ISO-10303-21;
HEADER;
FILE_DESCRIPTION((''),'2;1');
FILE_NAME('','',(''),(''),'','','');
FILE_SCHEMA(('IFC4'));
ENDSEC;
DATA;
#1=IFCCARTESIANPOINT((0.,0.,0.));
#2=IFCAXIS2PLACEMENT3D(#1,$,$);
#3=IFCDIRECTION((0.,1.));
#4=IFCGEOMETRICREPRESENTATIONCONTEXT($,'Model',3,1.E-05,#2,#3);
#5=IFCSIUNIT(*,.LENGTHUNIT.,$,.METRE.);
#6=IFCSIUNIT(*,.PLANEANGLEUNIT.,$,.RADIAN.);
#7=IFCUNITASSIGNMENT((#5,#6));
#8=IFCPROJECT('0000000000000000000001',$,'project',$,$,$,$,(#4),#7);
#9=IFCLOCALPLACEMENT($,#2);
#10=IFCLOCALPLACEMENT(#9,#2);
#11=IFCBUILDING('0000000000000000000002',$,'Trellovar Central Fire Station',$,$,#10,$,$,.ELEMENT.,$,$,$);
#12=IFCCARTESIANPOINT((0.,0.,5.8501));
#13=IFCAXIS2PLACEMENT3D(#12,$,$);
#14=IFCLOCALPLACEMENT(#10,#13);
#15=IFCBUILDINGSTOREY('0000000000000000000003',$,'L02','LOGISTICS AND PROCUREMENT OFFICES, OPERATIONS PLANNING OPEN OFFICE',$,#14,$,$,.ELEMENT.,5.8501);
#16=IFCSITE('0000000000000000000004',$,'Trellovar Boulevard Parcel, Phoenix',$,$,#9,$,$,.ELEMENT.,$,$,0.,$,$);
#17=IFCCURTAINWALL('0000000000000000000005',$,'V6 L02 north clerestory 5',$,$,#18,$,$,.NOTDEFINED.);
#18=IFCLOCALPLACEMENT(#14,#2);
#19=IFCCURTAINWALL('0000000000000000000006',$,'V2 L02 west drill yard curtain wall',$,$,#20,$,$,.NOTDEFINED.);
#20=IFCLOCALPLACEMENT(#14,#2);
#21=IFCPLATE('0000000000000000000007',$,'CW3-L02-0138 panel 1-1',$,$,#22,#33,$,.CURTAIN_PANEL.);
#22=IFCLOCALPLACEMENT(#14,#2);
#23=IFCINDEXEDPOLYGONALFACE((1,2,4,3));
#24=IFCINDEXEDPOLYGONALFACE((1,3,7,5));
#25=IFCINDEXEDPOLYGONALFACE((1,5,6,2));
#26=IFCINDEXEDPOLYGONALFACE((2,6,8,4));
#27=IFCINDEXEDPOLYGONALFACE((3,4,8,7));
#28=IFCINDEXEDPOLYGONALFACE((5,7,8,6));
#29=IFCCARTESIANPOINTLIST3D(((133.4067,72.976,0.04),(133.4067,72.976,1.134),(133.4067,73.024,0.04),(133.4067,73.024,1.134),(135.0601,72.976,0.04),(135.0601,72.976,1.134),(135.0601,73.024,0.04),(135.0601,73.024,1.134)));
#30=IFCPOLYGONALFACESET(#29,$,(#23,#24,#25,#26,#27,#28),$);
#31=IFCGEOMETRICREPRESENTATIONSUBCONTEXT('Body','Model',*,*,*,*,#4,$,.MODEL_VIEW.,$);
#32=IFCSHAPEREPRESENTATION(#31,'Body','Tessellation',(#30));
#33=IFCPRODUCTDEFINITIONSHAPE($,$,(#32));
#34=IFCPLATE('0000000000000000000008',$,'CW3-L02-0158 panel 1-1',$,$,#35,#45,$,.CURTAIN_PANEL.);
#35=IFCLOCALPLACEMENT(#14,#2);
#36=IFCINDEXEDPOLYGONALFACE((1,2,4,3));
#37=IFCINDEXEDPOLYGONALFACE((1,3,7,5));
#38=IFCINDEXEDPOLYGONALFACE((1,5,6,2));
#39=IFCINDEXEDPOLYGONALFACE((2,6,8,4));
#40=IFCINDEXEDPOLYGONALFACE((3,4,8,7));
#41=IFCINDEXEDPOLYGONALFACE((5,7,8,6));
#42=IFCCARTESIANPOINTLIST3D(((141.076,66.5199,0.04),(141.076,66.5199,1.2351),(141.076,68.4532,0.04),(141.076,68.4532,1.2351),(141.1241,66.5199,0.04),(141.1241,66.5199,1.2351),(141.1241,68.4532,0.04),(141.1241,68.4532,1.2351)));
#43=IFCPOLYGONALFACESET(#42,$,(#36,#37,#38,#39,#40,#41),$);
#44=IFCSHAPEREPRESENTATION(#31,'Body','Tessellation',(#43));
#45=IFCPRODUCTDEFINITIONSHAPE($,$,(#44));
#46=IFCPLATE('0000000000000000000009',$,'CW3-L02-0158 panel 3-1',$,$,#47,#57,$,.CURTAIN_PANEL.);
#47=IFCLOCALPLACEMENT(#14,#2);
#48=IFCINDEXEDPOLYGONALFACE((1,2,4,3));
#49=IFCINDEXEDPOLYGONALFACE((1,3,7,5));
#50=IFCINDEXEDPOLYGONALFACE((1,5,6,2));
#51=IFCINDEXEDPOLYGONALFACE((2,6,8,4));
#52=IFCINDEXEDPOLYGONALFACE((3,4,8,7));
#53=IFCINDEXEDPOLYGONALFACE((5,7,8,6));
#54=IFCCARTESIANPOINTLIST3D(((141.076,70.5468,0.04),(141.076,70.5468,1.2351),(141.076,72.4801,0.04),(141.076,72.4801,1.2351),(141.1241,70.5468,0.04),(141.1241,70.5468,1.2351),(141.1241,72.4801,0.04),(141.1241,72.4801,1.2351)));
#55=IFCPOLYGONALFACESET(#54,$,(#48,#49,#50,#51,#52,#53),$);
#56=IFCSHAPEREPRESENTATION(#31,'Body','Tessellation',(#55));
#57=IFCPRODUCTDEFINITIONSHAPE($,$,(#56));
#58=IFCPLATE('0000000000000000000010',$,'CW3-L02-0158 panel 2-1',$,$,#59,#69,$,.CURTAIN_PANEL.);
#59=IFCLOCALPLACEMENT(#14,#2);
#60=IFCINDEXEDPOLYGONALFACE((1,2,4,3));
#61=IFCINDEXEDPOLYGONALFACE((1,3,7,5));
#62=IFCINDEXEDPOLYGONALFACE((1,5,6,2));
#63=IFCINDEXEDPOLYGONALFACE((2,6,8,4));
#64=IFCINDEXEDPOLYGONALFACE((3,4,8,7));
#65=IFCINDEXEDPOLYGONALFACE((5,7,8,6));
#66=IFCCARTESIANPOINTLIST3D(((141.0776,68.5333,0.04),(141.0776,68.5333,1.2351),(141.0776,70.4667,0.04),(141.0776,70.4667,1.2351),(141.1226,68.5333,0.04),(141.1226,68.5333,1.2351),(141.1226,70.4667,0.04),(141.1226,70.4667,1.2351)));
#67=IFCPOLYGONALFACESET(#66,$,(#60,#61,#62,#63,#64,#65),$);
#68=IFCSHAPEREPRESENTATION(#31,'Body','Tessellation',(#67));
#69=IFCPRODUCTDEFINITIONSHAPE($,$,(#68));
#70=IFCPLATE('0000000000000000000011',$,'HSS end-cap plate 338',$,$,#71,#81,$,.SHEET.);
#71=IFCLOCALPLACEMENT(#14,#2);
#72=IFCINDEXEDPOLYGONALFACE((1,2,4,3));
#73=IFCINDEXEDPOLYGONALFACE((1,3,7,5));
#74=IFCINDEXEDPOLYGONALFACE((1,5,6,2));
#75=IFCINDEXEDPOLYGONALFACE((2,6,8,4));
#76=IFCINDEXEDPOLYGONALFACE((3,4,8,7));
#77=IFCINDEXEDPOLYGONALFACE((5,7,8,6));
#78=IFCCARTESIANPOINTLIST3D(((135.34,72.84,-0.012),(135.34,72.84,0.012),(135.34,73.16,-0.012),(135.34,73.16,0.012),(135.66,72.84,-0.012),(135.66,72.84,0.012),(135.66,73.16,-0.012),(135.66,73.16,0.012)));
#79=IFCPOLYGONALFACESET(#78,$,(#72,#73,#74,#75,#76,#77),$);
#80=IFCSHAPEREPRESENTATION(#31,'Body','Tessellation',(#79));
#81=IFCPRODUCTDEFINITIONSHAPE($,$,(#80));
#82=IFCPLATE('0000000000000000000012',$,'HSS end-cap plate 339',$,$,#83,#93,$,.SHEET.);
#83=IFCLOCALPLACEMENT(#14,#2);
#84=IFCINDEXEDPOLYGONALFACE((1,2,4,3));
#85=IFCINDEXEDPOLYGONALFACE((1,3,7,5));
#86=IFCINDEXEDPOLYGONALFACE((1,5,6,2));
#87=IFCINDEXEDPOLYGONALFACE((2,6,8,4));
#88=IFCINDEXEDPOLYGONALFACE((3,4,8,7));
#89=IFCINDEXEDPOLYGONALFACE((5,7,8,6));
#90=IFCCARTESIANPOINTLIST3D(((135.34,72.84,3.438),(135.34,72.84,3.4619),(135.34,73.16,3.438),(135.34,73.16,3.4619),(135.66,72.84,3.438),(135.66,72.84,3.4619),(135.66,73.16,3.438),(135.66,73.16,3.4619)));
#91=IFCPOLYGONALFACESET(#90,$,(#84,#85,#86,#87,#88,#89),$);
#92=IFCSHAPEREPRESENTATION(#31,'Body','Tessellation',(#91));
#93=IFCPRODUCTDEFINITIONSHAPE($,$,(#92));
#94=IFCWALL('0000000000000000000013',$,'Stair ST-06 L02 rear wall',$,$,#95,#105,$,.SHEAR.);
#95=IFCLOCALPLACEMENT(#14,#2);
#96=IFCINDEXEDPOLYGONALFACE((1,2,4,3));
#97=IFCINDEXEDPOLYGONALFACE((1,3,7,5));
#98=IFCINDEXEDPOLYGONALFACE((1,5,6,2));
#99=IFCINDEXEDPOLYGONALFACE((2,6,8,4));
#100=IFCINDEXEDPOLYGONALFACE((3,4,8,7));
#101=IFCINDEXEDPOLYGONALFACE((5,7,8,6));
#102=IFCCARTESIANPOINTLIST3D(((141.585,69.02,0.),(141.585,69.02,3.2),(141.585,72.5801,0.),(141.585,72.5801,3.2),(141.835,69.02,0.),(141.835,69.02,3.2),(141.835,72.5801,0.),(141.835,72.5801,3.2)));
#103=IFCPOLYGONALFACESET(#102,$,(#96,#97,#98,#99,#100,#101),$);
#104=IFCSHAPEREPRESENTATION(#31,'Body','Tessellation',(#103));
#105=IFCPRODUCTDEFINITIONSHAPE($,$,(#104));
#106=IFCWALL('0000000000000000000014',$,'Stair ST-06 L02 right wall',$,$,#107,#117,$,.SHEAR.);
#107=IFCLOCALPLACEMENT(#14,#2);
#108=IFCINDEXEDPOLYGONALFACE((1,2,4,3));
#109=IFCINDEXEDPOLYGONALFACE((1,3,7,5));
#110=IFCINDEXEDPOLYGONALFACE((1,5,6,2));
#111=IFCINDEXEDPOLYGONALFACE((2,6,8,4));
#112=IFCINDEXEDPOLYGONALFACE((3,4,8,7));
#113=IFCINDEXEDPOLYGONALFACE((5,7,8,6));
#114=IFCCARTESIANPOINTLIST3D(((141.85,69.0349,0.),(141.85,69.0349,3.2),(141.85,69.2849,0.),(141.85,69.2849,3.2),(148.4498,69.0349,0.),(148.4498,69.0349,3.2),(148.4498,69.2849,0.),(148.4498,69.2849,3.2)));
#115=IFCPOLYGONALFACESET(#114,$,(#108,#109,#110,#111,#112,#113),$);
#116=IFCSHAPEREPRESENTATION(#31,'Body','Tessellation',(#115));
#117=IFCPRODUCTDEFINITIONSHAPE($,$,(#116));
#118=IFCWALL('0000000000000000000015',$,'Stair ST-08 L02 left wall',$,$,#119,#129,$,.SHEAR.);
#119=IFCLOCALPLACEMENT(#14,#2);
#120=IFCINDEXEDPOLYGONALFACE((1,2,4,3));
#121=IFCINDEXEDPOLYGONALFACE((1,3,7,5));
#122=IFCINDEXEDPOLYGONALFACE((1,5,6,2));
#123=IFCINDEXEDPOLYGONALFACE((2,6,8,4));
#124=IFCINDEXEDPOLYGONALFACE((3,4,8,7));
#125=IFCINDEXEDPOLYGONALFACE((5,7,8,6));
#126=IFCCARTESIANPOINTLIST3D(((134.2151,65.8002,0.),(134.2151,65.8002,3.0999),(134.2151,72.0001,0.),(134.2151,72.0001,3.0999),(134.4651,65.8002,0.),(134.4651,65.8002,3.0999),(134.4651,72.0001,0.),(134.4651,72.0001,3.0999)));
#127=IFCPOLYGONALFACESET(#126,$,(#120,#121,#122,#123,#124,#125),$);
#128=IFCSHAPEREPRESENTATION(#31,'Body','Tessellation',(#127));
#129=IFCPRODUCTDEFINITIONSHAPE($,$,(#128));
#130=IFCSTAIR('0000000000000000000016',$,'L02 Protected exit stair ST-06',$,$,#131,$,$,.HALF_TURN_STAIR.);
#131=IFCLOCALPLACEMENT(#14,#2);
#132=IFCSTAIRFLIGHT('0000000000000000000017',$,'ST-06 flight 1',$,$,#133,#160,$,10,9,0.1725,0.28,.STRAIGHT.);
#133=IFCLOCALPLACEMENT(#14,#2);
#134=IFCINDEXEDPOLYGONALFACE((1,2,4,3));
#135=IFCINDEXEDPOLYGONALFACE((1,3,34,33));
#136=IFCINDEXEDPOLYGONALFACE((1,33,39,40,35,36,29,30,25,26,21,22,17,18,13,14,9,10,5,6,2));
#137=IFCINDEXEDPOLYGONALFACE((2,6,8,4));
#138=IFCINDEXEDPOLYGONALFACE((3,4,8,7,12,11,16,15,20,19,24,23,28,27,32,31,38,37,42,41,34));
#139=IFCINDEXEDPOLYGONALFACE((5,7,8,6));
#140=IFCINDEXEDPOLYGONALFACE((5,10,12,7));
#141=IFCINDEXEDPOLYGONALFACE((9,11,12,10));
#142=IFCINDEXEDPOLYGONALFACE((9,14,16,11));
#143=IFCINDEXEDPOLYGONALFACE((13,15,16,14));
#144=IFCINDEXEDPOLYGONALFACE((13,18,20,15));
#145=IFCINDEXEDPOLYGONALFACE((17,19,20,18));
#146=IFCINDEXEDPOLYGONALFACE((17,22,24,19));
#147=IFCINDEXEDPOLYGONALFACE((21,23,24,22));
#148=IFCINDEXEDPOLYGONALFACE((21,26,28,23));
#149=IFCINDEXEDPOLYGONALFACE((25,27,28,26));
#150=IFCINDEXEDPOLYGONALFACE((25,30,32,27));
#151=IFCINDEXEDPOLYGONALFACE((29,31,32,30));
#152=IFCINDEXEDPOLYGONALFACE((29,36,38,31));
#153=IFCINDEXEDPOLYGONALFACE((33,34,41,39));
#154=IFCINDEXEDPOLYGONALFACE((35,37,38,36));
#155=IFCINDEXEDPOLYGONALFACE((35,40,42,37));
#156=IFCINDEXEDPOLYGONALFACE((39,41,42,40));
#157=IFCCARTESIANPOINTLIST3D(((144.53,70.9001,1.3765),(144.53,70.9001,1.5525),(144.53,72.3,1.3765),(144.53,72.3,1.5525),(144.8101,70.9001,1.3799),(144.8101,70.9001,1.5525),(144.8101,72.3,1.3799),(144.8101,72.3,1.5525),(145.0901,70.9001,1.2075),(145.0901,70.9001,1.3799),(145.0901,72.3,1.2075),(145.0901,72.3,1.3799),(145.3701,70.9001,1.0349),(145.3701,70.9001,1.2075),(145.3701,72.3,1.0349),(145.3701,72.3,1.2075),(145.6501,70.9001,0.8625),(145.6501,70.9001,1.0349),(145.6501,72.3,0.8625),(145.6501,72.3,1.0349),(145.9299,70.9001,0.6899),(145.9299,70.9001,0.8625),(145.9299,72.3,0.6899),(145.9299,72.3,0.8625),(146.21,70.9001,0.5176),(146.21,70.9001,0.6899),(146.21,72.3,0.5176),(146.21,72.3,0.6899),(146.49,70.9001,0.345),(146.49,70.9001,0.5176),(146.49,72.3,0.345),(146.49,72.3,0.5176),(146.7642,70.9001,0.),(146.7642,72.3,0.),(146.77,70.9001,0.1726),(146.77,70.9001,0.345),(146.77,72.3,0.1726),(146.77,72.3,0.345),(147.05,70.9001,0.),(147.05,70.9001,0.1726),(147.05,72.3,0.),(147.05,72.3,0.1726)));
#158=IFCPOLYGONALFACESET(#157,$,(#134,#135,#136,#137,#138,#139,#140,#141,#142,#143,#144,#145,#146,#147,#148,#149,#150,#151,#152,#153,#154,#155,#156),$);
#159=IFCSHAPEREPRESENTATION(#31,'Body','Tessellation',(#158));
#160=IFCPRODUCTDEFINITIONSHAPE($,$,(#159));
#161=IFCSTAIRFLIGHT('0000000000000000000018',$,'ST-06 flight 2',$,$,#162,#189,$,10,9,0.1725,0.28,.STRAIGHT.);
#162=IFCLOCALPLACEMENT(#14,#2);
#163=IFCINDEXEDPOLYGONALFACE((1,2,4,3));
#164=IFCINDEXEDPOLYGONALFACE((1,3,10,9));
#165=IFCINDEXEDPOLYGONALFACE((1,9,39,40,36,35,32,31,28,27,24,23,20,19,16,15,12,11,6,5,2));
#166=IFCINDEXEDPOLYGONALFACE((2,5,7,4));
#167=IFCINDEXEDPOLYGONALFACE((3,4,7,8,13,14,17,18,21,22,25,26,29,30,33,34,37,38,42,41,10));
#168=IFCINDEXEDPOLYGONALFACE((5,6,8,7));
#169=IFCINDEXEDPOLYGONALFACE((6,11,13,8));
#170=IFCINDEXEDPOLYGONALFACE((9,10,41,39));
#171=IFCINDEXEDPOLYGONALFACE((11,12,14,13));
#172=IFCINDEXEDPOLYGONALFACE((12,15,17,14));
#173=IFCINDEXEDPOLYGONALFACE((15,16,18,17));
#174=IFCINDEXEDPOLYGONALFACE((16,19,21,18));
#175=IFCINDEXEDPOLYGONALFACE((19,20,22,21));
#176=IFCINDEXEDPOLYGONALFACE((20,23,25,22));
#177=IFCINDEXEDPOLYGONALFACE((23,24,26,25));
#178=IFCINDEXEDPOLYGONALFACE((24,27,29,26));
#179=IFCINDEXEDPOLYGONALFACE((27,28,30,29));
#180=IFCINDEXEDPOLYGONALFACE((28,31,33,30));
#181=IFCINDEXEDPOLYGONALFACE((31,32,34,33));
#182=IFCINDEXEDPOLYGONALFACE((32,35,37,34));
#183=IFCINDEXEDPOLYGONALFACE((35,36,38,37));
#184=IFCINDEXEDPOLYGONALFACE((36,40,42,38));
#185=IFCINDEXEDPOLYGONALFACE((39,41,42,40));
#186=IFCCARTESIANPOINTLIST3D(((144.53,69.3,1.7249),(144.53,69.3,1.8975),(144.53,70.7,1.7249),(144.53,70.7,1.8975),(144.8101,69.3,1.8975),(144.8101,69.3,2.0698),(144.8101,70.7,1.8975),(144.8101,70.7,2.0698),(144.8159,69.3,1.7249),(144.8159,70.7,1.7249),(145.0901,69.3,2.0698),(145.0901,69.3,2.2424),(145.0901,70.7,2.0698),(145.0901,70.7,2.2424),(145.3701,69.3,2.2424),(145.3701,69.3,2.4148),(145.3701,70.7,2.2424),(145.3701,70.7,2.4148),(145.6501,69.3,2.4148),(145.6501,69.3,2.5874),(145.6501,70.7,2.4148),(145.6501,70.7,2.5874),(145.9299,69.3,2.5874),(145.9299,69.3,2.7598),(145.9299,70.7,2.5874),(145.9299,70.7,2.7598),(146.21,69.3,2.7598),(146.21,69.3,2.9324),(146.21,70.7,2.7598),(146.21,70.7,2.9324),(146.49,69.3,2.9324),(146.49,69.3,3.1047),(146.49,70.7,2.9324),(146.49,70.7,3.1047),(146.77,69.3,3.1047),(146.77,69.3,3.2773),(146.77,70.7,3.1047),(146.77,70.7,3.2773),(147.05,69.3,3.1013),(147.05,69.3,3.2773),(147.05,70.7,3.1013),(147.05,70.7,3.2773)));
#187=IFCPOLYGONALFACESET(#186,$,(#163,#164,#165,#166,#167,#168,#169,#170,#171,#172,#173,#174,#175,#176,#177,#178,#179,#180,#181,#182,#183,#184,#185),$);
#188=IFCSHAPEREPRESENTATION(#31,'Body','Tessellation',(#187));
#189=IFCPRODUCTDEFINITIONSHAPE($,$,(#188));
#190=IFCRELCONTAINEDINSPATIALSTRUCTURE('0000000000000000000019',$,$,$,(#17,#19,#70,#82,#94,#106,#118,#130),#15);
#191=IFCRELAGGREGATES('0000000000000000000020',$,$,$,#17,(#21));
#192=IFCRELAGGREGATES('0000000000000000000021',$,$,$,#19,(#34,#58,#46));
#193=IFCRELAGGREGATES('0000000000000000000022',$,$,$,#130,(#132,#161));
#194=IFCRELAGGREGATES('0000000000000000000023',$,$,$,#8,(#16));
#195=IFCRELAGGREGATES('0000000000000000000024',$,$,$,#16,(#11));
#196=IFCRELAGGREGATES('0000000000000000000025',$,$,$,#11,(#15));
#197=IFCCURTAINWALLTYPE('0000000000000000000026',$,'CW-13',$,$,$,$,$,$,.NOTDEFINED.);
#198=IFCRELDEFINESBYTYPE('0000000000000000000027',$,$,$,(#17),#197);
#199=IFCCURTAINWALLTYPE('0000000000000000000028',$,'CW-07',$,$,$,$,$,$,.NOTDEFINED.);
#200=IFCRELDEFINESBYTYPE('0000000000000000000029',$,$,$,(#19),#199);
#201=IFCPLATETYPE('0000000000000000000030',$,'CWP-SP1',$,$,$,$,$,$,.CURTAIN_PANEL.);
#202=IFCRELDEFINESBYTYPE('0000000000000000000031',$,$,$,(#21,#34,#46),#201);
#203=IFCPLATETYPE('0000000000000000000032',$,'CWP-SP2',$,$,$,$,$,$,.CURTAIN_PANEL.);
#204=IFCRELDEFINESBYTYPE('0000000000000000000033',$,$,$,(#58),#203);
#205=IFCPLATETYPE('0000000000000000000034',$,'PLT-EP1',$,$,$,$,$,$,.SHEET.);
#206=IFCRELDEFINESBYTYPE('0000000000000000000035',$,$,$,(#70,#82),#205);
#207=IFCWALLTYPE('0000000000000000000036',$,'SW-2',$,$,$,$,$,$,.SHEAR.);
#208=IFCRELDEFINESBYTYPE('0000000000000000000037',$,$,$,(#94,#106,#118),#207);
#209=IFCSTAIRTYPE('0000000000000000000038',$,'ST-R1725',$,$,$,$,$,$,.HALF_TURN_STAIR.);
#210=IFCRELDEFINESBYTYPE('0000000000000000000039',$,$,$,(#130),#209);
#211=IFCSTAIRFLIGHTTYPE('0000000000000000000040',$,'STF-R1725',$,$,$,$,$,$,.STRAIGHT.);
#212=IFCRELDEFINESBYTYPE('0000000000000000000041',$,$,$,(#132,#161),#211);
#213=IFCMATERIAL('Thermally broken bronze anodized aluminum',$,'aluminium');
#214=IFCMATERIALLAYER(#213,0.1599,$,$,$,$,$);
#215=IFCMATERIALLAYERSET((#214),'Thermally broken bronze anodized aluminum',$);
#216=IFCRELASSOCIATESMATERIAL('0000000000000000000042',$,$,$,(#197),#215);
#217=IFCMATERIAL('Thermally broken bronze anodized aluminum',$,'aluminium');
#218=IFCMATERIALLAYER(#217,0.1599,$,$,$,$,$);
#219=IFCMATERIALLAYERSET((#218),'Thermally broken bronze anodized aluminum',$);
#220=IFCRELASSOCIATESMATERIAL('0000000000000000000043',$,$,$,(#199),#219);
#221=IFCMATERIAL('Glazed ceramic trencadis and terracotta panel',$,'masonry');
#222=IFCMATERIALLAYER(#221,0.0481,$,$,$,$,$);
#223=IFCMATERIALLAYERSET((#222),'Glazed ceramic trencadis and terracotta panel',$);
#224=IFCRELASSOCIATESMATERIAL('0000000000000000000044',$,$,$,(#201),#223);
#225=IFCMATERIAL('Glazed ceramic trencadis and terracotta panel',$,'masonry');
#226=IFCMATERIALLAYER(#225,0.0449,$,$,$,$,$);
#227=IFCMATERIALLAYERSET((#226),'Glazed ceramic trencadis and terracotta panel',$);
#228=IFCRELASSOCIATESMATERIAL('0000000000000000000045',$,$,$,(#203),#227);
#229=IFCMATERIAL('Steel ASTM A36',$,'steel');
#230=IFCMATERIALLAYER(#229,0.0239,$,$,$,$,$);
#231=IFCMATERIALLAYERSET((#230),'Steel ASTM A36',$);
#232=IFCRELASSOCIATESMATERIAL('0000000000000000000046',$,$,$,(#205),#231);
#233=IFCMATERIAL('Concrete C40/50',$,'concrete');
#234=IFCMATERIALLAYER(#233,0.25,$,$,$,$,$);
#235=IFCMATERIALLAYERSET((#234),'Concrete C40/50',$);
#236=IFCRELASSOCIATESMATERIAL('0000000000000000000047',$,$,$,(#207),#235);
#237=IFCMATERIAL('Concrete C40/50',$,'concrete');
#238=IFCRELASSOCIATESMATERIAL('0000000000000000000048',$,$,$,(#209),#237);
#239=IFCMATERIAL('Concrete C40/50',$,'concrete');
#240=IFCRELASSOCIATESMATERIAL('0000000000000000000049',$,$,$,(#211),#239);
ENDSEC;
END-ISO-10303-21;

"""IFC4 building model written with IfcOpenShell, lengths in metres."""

from ifc_helpers import new_model, si_unit, direction, frame, frame_2d, origin, origin_2d, place, context, subcontext, project, spatial, polyline, rectangle, outline, extrude, material, layer, layer_set, type_object, element, aggregate, save


model = new_model("IFC4")

# Units and contexts
model_context = context("Model", 3, precision=1e-05, world=origin(), true_north=direction((0.0, 1.0)))
body_context = subcontext(model_context, "Body", "Model", "MODEL_VIEW")
ifc_project = project(units=[si_unit("LENGTHUNIT", "METRE"), si_unit("PLANEANGLEUNIT", "RADIAN")], contexts=[model_context])

# Site, building, storey
site_placement = place(None, origin())
site = spatial("IfcSite", under=ifc_project, at=site_placement, Name="Trellovar Boulevard Parcel, Phoenix", CompositionType="ELEMENT", RefElevation=0.0)
building_placement = place(site_placement, origin())
building = spatial("IfcBuilding", under=site, at=building_placement, Name="Trellovar Central Fire Station", CompositionType="ELEMENT")
storey_placement = place(building_placement, frame((0.0, 0.0, 5.8501)))
storey = spatial("IfcBuildingStorey", under=building, at=storey_placement, Name="L02", Description="LOGISTICS AND PROCUREMENT OFFICES, OPERATIONS PLANNING OPEN OFFICE", CompositionType="ELEMENT", Elevation=5.8501)

# Curtain walls
ifc_material_1 = material(Name="Thermally broken bronze anodized aluminum", Category="aluminium")
ifc_layer_1 = layer(ifc_material_1, 0.1599)
ifc_layer_set_1 = layer_set([ifc_layer_1], Name="Thermally broken bronze anodized aluminum")
curtain_wall_type_1 = type_object("IfcCurtainWallType", Name="CW-13", PredefinedType="NOTDEFINED", material=ifc_layer_set_1)
curtain_wall_1_placement = place(storey_placement, origin())
curtain_wall_1 = element("IfcCurtainWall", 1, at=curtain_wall_1_placement, inside=storey, type_object=curtain_wall_type_1, Name="V6 L02 north clerestory 5", PredefinedType="NOTDEFINED")
ifc_material_2 = material(Name="Thermally broken bronze anodized aluminum", Category="aluminium")
ifc_layer_2 = layer(ifc_material_2, 0.1599)
ifc_layer_set_2 = layer_set([ifc_layer_2], Name="Thermally broken bronze anodized aluminum")
curtain_wall_type_2 = type_object("IfcCurtainWallType", Name="CW-07", PredefinedType="NOTDEFINED", material=ifc_layer_set_2)
curtain_wall_2_placement = place(storey_placement, origin())
curtain_wall_2 = element("IfcCurtainWall", 2, at=curtain_wall_2_placement, inside=storey, type_object=curtain_wall_type_2, Name="V2 L02 west drill yard curtain wall", PredefinedType="NOTDEFINED")

# Plates
ifc_material_3 = material(Name="Glazed ceramic trencadis and terracotta panel", Category="masonry")
ifc_layer_3 = layer(ifc_material_3, 0.0481)
ifc_layer_set_3 = layer_set([ifc_layer_3], Name="Glazed ceramic trencadis and terracotta panel")
plate_type_1 = type_object("IfcPlateType", Name="CWP-SP1", PredefinedType="CURTAIN_PANEL", material=ifc_layer_set_3)
plate_1_placement = place(storey_placement, frame((134.2334, 73.0, 0.04), z_axis=(0.0, 0.0, 1.0), x_axis=(-1.0, 0.0, 0.0)))
plate_1 = element("IfcPlate", 3, at=plate_1_placement, type_object=plate_type_1, Name="CW3-L02-0138 panel 1-1", PredefinedType="CURTAIN_PANEL", context=body_context, shape_type="SweptSolid", body=[
    extrude(rectangle(XDim=1.6533, YDim=0.0481, at=origin_2d()), origin(), (0.0, 0.0, 1.0), 1.094),
])
aggregate(curtain_wall_1, [plate_1])
plate_2_placement = place(storey_placement, frame((141.1001, 67.4866, 0.04), z_axis=(0.0, 0.0, 1.0), x_axis=(0.0, 1.0, 0.0)))
plate_2 = element("IfcPlate", 4, at=plate_2_placement, type_object=plate_type_1, Name="CW3-L02-0158 panel 1-1", PredefinedType="CURTAIN_PANEL", context=body_context, shape_type="SweptSolid", body=[
    extrude(rectangle(XDim=1.9333, YDim=0.0481, at=origin_2d()), origin(), (0.0, 0.0, 1.0), 1.1951),
])
plate_3_placement = place(storey_placement, frame((141.1001, 71.5134, 0.04), z_axis=(0.0, 0.0, 1.0), x_axis=(0.0, 1.0, 0.0)))
plate_3 = element("IfcPlate", 5, at=plate_3_placement, type_object=plate_type_1, Name="CW3-L02-0158 panel 3-1", PredefinedType="CURTAIN_PANEL", context=body_context, shape_type="SweptSolid", body=[
    extrude(rectangle(XDim=1.9333, YDim=0.0481, at=origin_2d()), origin(), (0.0, 0.0, 1.0), 1.1951),
])
ifc_material_4 = material(Name="Glazed ceramic trencadis and terracotta panel", Category="masonry")
ifc_layer_4 = layer(ifc_material_4, 0.0449)
ifc_layer_set_4 = layer_set([ifc_layer_4], Name="Glazed ceramic trencadis and terracotta panel")
plate_type_2 = type_object("IfcPlateType", Name="CWP-SP2", PredefinedType="CURTAIN_PANEL", material=ifc_layer_set_4)
plate_4_placement = place(storey_placement, frame((141.1001, 69.5, 0.04), z_axis=(0.0, 0.0, 1.0), x_axis=(0.0, 1.0, 0.0)))
plate_4 = element("IfcPlate", 6, at=plate_4_placement, type_object=plate_type_2, Name="CW3-L02-0158 panel 2-1", PredefinedType="CURTAIN_PANEL", context=body_context, shape_type="SweptSolid", body=[
    extrude(rectangle(XDim=1.9333, YDim=0.0449, at=origin_2d()), origin(), (0.0, 0.0, 1.0), 1.1951),
])
aggregate(curtain_wall_2, [plate_2, plate_4, plate_3])

# Plates
ifc_material_5 = material(Name="Steel ASTM A36", Category="steel")
ifc_layer_5 = layer(ifc_material_5, 0.0239)
ifc_layer_set_5 = layer_set([ifc_layer_5], Name="Steel ASTM A36")
plate_type_3 = type_object("IfcPlateType", Name="PLT-EP1", PredefinedType="SHEET", material=ifc_layer_set_5)
for number, where, z_axis, x_axis, name in (
    (7, (135.5, 73.0, -0.012), (0.0, 0.0, 1.0), (1.0, 0.0, 0.0), "HSS end-cap plate 338"),
    (8, (135.5, 73.0, 3.438), (0.0, 0.0, 1.0), (1.0, 0.0, 0.0), "HSS end-cap plate 339"),
):
    element("IfcPlate", number, at=place(storey_placement, frame(where, z_axis=z_axis, x_axis=x_axis)), inside=storey, type_object=plate_type_3, Name=name, PredefinedType="SHEET", context=body_context, shape_type="SweptSolid", body=[
        extrude(rectangle(XDim=0.3201, YDim=0.3201, at=origin_2d()), origin(), (0.0, 0.0, 1.0), 0.0239),
    ])

# Walls
ifc_material_6 = material(Name="Concrete C40/50", Category="concrete")
ifc_layer_6 = layer(ifc_material_6, 0.25)
ifc_layer_set_6 = layer_set([ifc_layer_6], Name="Concrete C40/50")
wall_type = type_object("IfcWallType", Name="SW-2", PredefinedType="SHEAR", material=ifc_layer_set_6)
wall_1_placement = place(storey_placement, frame((141.71, 69.02, 0.0), z_axis=(0.0, 0.0, 1.0), x_axis=(0.0, 1.0, 0.0)))
element("IfcWall", 9, at=wall_1_placement, inside=storey, type_object=wall_type, Name="Stair ST-06 L02 rear wall", PredefinedType="SHEAR", context=body_context, shape_type="SweptSolid", body=[
    extrude(rectangle(XDim=3.5601, YDim=0.25, at=frame_2d((1.78, 0.0))), origin(), (0.0, 0.0, 1.0), 3.2),
])
wall_2_placement = place(storey_placement, frame((141.8501, 69.1599, 0.0), z_axis=(0.0, 0.0, 1.0), x_axis=(1.0, 0.0, 0.0)))
element("IfcWall", 10, at=wall_2_placement, inside=storey, type_object=wall_type, Name="Stair ST-06 L02 right wall", PredefinedType="SHEAR", context=body_context, shape_type="SweptSolid", body=[
    extrude(rectangle(XDim=6.5999, YDim=0.25, at=frame_2d((3.2998, 0.0))), origin(), (0.0, 0.0, 1.0), 3.2),
])
wall_3_placement = place(storey_placement, frame((134.3401, 65.8, 0.0), z_axis=(0.0, 0.0, 1.0), x_axis=(0.0, 1.0, 0.0)))
element("IfcWall", 11, at=wall_3_placement, inside=storey, type_object=wall_type, Name="Stair ST-08 L02 left wall", PredefinedType="SHEAR", context=body_context, shape_type="SweptSolid", body=[
    extrude(rectangle(XDim=6.2, YDim=0.25, at=frame_2d((3.1001, 0.0))), origin(), (0.0, 0.0, 1.0), 3.0999),
])

# Stair, stair flights
ifc_material_7 = material(Name="Concrete C40/50", Category="concrete")
stair_type = type_object("IfcStairType", Name="ST-R1725", PredefinedType="HALF_TURN_STAIR", material=ifc_material_7)
stair_placement = place(storey_placement, origin())
stair = element("IfcStair", 12, at=stair_placement, inside=storey, type_object=stair_type, Name="L02 Protected exit stair ST-06", PredefinedType="HALF_TURN_STAIR")
ifc_material_8 = material(Name="Concrete C40/50", Category="concrete")
stair_flight_type = type_object("IfcStairFlightType", Name="STF-R1725", PredefinedType="STRAIGHT", material=ifc_material_8)
stair_flight_1_placement = place(storey_placement, frame((147.05, 71.6001, 0.0), z_axis=(0.0, 0.0, 1.0), x_axis=(-1.0, 0.0, 0.0)))
stair_flight_1 = element("IfcStairFlight", 13, at=stair_flight_1_placement, type_object=stair_flight_type, Name="ST-06 flight 1", NumberOfRisers=10, NumberOfTreads=9, PredefinedType="STRAIGHT", RiserHeight=0.1725, TreadLength=0.28, context=body_context, shape_type="SweptSolid", body=[
    extrude(outline(polyline([(0.0, 0.0), (0.0, 0.1726), (0.28, 0.1726), (0.28, 0.345), (0.5601, 0.345), (0.5601, 0.5176), (0.8401, 0.5176), (0.8401, 0.6899), (1.1201, 0.6899), (1.1201, 0.8625), (1.3999, 0.8625), (1.3999, 1.0349), (1.6799, 1.0349), (1.6799, 1.2075), (1.96, 1.2075), (1.96, 1.3799), (2.24, 1.3799), (2.24, 1.5525), (2.52, 1.5525), (2.52, 1.7251), (2.52, 1.3765), (0.2859, 0.0), (0.0, 0.0)])), frame((0.0, 0.7, 0.0), z_axis=(0.0, -1.0, 0.0), x_axis=(1.0, 0.0, 0.0)), (0.0, 0.0, 1.0), 1.3999),
])
stair_flight_2_placement = place(storey_placement, frame((144.53, 70.0, 1.7249), z_axis=(0.0, 0.0, 1.0), x_axis=(1.0, 0.0, 0.0)))
stair_flight_2 = element("IfcStairFlight", 14, at=stair_flight_2_placement, type_object=stair_flight_type, Name="ST-06 flight 2", NumberOfRisers=10, NumberOfTreads=9, PredefinedType="STRAIGHT", RiserHeight=0.1725, TreadLength=0.28, context=body_context, shape_type="SweptSolid", body=[
    extrude(outline(polyline([(0.0, 0.0), (0.0, 0.1726), (0.28, 0.1726), (0.28, 0.345), (0.5601, 0.345), (0.5601, 0.5176), (0.8401, 0.5176), (0.8401, 0.6899), (1.1201, 0.6899), (1.1201, 0.8625), (1.3999, 0.8625), (1.3999, 1.0349), (1.6799, 1.0349), (1.6799, 1.2075), (1.96, 1.2075), (1.96, 1.3799), (2.24, 1.3799), (2.24, 1.5525), (2.52, 1.5525), (2.52, 1.7251), (2.52, 1.3765), (0.2859, 0.0), (0.0, 0.0)])), frame((0.0, 0.7, 0.0), z_axis=(0.0, -1.0, 0.0), x_axis=(1.0, 0.0, 0.0)), (0.0, 0.0, 1.0), 1.3999),
])
aggregate(stair, [stair_flight_1, stair_flight_2])

save(model, "model.ifc")
